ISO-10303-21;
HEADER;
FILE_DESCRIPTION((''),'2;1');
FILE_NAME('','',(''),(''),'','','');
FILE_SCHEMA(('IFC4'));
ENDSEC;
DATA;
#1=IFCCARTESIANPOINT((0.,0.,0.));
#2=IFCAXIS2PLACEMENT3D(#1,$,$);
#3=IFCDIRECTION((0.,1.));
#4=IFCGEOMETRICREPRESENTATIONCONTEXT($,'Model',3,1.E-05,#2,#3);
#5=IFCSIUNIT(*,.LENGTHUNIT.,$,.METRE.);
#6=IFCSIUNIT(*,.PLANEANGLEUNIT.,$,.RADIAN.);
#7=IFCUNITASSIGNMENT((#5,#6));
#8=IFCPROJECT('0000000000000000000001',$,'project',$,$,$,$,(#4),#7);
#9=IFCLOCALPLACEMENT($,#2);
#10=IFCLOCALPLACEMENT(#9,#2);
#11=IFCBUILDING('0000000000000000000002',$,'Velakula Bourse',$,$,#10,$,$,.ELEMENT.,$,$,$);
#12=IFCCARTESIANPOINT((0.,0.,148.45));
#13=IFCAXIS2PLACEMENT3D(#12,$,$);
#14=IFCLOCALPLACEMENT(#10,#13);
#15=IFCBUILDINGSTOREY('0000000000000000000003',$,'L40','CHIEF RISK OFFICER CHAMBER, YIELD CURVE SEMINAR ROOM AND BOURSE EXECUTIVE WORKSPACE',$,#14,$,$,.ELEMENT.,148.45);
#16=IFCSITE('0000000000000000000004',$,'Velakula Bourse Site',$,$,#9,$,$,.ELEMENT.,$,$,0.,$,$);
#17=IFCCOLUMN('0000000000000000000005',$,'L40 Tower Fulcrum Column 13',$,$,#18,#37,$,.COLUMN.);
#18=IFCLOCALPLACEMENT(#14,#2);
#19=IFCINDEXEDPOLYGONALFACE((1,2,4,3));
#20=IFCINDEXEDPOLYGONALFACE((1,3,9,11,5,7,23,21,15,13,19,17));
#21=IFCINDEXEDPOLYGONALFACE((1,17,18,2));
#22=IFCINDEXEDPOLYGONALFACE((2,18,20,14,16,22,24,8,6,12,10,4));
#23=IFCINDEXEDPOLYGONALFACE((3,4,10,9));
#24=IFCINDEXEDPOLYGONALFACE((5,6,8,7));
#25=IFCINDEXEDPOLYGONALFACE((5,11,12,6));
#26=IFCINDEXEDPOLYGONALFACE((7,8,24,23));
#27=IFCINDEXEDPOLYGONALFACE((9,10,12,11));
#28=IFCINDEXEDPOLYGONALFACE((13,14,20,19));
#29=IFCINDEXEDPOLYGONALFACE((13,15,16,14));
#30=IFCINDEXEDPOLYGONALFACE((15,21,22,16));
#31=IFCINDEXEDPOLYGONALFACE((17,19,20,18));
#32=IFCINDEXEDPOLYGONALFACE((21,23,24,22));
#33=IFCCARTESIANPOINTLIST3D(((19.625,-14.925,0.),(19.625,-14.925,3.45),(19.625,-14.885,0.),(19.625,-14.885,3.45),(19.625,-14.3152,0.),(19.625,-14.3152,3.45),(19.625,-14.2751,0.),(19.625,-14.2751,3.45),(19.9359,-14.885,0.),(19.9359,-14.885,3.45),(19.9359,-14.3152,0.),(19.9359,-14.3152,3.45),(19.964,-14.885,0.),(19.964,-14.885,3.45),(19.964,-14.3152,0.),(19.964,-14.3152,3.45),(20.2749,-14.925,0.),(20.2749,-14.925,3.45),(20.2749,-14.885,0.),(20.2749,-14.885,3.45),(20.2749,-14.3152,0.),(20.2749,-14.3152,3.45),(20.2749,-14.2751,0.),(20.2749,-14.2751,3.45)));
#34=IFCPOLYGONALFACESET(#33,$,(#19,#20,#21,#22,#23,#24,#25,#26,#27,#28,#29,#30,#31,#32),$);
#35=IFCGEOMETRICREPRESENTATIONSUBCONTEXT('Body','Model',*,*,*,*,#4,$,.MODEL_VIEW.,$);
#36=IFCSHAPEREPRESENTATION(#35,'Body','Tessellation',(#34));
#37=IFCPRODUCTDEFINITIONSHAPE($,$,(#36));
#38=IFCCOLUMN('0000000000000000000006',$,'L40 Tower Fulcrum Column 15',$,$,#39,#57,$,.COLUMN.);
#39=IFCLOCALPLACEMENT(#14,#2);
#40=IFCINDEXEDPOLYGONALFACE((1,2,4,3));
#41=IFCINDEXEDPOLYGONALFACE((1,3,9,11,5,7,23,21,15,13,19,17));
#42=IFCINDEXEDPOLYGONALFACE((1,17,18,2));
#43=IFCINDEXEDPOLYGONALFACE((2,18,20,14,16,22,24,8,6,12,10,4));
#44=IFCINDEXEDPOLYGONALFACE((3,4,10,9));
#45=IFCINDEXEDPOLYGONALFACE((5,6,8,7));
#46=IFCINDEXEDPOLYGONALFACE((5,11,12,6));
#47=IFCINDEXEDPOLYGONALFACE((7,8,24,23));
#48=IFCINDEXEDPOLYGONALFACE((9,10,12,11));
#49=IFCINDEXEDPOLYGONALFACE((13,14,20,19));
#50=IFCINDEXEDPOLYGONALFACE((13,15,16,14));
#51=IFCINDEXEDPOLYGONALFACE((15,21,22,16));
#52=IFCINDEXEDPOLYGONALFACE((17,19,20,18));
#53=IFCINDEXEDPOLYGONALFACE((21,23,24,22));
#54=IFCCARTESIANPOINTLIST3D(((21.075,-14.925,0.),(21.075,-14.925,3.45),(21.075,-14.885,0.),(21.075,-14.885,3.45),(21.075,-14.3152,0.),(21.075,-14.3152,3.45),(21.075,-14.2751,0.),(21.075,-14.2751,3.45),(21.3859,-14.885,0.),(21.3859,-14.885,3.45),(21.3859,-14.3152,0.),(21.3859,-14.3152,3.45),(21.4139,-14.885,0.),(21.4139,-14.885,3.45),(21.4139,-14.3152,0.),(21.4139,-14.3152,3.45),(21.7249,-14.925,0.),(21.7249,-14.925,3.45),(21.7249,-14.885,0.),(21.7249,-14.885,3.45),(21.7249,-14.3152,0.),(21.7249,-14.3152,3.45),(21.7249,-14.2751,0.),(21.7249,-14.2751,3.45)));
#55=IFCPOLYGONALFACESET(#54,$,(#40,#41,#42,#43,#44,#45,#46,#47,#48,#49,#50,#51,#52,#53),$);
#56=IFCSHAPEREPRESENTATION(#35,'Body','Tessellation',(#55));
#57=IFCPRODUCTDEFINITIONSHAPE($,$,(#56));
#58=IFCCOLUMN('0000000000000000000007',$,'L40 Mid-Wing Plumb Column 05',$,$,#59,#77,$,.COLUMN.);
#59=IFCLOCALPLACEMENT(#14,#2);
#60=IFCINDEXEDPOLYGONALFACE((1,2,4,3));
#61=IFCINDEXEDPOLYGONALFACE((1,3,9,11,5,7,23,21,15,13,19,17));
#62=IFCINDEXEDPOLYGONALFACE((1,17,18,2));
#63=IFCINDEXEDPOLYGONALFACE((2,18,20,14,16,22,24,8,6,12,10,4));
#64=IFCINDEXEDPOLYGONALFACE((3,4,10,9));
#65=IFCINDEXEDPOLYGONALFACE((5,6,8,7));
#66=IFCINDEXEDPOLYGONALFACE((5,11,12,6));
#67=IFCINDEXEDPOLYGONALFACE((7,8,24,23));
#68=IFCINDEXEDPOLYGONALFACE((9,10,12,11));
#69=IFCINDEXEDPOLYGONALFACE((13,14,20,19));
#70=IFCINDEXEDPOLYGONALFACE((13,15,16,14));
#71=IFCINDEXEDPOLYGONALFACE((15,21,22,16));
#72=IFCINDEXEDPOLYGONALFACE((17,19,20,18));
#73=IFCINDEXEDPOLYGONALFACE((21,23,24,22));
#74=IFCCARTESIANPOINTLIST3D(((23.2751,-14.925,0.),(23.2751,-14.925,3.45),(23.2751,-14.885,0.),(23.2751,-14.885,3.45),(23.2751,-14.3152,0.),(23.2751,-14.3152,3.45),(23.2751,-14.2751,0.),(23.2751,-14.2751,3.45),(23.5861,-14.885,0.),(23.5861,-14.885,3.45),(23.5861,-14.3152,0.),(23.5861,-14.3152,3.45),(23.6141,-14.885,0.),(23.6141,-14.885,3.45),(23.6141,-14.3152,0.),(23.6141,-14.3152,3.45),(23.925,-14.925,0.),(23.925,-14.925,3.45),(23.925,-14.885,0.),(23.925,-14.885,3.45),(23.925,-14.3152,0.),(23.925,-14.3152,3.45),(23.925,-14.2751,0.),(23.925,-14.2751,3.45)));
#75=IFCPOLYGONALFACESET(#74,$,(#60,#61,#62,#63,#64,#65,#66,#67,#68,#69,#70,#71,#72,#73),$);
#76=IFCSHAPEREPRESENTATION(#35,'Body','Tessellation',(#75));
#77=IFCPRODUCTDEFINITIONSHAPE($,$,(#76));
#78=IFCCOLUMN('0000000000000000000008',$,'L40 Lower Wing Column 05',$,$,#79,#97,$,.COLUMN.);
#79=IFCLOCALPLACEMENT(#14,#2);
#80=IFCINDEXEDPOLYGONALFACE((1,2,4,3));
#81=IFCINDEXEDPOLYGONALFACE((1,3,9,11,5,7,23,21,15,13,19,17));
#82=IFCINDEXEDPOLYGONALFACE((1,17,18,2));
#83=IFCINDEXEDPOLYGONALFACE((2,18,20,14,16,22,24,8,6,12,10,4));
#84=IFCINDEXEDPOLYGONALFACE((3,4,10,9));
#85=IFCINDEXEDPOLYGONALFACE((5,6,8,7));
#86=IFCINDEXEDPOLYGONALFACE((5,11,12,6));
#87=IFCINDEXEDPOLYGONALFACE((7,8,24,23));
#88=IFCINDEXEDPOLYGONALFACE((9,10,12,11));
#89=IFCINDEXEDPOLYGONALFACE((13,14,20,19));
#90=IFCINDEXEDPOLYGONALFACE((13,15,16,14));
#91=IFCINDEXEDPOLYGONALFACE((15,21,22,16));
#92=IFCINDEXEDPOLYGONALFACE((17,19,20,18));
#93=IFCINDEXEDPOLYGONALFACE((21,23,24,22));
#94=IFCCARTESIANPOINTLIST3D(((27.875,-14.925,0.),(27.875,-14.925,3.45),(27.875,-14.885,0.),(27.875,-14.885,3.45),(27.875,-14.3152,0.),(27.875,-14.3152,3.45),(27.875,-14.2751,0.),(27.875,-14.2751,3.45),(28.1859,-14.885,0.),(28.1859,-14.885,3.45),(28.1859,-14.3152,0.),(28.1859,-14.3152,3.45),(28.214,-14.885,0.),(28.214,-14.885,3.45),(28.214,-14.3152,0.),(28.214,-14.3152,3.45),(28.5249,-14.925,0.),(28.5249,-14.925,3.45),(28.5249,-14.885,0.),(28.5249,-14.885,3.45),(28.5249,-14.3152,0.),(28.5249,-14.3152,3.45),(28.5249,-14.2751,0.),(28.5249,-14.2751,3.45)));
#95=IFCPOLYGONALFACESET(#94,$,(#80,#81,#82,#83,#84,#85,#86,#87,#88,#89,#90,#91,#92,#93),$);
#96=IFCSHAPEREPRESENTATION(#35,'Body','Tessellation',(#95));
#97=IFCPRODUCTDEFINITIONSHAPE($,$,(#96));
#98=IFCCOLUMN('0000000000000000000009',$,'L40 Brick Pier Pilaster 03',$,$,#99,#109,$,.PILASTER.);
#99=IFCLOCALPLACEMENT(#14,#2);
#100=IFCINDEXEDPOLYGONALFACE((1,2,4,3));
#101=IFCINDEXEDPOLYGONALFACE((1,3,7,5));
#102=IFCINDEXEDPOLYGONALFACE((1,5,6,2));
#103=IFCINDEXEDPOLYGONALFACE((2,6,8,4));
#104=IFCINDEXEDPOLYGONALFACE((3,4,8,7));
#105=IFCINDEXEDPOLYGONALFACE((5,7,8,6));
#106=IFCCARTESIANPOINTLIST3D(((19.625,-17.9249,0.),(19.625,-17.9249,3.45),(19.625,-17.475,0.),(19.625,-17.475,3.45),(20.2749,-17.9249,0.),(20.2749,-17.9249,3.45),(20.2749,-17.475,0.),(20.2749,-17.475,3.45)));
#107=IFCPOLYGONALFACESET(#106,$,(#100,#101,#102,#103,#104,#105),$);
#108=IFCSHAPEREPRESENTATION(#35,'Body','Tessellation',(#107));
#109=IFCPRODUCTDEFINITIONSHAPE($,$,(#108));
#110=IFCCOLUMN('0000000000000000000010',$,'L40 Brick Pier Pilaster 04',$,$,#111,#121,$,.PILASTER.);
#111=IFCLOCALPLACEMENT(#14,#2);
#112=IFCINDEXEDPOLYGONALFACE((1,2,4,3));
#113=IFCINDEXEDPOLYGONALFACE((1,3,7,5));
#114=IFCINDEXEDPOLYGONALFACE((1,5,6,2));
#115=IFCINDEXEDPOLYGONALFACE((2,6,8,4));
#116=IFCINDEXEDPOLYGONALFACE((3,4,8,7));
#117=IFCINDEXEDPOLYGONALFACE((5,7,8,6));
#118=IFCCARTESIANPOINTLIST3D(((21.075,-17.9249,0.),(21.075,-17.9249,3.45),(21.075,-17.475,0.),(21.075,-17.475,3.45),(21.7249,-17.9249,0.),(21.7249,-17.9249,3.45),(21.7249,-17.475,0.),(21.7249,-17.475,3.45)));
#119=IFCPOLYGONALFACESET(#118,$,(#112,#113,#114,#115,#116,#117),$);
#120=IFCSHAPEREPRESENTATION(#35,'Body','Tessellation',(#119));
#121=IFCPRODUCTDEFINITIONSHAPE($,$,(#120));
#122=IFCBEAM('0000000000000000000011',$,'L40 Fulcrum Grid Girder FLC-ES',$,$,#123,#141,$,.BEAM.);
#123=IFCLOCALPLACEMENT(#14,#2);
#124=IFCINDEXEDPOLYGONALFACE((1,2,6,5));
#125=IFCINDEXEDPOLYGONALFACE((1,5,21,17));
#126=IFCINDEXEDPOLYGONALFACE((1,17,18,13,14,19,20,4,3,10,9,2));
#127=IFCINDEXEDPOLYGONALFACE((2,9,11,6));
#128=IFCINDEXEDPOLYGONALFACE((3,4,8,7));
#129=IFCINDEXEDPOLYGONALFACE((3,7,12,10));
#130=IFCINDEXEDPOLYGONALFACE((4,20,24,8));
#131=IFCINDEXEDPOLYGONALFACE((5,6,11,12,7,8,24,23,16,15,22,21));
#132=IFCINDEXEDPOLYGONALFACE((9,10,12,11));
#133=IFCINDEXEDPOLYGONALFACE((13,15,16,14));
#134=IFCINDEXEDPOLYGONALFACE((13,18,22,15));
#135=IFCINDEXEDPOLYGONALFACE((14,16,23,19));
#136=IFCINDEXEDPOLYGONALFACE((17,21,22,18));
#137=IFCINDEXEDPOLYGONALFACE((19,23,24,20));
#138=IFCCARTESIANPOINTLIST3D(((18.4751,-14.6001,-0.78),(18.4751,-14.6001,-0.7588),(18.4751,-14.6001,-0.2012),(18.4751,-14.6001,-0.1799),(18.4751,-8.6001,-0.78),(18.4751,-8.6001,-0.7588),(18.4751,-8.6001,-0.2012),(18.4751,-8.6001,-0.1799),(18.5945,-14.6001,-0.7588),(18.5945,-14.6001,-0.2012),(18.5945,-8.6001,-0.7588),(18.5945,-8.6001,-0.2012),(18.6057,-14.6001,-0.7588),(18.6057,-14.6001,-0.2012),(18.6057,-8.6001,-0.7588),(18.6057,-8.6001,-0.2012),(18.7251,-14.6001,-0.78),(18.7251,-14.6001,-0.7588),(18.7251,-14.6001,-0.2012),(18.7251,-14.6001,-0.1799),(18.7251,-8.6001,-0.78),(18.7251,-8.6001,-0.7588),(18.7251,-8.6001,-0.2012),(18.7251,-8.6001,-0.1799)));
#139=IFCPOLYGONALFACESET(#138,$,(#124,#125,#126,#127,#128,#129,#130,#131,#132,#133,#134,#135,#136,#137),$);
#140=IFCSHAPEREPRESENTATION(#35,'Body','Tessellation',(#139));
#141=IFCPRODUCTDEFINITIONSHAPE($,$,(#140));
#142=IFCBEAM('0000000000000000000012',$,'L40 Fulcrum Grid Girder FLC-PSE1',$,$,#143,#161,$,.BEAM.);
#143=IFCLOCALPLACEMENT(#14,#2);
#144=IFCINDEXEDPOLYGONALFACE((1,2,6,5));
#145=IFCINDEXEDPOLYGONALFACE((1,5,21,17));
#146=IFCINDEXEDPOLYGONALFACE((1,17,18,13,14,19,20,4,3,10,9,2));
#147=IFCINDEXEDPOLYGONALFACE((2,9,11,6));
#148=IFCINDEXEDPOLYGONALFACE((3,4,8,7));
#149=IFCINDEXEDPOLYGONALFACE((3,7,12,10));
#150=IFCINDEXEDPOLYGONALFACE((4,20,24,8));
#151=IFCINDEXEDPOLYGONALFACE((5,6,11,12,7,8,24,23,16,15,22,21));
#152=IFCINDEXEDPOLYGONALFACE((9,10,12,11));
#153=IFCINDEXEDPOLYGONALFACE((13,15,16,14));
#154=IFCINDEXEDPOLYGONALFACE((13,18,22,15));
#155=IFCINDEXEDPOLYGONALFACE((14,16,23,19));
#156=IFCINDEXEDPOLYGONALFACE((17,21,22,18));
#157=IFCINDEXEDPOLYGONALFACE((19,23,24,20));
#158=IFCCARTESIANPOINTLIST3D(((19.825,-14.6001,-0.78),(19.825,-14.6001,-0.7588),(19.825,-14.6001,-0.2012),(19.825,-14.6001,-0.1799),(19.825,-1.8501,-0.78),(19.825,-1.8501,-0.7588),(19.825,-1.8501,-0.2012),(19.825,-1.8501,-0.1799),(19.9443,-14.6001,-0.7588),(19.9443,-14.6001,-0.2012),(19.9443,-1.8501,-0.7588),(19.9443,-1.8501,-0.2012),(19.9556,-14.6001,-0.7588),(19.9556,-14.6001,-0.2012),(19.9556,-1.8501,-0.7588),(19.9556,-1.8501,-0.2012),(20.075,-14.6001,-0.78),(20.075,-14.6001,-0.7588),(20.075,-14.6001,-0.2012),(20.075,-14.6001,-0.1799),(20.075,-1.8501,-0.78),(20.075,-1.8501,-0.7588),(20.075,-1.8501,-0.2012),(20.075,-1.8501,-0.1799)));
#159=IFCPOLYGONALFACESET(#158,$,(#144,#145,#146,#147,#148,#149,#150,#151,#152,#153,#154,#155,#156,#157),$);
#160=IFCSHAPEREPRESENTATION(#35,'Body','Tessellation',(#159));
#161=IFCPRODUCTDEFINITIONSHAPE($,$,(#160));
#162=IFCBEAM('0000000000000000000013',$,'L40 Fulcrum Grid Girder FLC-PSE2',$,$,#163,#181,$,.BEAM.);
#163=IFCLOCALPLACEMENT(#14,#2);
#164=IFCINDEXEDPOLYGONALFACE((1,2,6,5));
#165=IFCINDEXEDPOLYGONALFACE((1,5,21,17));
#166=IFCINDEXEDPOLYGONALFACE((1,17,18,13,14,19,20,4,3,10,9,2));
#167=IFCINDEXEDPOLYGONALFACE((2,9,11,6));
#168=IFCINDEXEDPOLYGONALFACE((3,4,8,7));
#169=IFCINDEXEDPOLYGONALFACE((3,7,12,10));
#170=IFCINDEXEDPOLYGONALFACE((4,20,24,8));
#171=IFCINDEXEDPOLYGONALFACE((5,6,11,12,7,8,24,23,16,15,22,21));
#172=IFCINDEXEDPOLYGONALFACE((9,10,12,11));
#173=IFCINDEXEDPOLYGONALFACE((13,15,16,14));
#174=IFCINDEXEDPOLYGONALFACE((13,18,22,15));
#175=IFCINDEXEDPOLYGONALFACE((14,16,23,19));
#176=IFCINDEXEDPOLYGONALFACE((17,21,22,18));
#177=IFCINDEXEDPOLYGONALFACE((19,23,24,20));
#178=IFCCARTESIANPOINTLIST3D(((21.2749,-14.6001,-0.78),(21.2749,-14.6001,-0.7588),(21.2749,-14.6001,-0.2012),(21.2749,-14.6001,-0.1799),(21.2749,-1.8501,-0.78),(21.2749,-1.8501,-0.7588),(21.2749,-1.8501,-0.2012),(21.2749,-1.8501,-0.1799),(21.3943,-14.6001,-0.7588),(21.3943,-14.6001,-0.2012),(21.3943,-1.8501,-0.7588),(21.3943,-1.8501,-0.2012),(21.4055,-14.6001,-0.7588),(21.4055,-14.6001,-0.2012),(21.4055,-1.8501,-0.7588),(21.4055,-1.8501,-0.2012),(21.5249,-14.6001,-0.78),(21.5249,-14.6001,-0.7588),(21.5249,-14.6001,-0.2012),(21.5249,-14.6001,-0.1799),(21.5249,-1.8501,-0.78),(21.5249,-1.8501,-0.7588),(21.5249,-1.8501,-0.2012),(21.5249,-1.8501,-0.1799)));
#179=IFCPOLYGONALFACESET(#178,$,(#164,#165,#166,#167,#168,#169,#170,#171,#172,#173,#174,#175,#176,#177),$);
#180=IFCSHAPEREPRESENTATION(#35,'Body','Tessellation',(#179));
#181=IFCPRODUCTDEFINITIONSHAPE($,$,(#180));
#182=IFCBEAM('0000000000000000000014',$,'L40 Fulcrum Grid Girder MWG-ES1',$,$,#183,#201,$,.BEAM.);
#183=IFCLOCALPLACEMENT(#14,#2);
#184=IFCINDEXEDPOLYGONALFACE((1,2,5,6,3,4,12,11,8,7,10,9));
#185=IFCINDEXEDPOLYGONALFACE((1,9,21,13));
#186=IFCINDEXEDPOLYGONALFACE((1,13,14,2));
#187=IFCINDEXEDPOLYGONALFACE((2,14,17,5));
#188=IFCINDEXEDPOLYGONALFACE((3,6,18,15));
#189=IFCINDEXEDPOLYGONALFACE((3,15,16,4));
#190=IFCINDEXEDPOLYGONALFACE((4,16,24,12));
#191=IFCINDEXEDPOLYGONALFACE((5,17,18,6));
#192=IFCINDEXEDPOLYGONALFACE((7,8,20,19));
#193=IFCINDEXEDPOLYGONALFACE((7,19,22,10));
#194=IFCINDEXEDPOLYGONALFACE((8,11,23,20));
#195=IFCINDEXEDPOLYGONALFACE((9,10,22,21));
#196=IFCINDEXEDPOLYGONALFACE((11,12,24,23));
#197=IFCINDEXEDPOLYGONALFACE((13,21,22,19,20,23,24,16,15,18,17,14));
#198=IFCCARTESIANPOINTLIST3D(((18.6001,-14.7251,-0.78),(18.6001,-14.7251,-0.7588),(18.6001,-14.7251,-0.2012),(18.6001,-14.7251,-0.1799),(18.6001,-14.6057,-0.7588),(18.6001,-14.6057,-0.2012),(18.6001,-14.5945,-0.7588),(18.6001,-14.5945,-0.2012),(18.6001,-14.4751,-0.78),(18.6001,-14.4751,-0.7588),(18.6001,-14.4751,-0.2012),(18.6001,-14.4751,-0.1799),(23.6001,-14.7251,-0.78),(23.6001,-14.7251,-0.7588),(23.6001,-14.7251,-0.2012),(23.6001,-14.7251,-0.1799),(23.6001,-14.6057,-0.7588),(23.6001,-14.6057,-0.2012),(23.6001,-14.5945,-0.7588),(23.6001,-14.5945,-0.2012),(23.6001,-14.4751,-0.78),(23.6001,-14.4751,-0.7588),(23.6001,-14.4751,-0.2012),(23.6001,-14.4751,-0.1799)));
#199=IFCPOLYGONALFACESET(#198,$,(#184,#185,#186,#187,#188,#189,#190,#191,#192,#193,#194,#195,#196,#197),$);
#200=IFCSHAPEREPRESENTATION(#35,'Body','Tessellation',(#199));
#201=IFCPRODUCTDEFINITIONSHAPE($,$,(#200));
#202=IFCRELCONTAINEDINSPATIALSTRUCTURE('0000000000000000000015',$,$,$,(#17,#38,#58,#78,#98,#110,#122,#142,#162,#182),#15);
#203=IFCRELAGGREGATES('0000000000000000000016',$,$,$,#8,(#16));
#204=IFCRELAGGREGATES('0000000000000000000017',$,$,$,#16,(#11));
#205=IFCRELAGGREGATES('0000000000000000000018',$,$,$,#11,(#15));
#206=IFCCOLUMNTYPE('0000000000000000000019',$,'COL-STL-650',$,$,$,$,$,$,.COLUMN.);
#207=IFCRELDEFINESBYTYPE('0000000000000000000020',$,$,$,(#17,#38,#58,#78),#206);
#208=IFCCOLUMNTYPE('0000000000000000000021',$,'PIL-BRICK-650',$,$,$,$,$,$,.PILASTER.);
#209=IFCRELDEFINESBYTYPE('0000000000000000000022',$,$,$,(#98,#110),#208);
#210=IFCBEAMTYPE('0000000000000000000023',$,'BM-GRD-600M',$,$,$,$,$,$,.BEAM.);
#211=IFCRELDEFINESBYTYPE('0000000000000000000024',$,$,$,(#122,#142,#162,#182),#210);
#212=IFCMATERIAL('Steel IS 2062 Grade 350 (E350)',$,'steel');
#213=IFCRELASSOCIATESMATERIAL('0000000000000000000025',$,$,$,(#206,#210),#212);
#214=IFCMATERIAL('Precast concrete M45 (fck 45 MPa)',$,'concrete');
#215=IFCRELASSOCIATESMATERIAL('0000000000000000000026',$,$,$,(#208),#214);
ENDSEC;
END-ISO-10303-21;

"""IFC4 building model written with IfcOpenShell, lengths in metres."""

from ifc_helpers import new_model, si_unit, direction, frame, origin, origin_2d, place, context, subcontext, project, spatial, rectangle, i_section, extrude, material, material_profile, profile_set, type_object, element, save


model = new_model("IFC4")

# Units and contexts
model_context = context("Model", 3, precision=1e-05, world=origin(), true_north=direction((0.0, 1.0)))
body_context = subcontext(model_context, "Body", "Model", "MODEL_VIEW")
ifc_project = project(units=[si_unit("LENGTHUNIT", "METRE"), si_unit("PLANEANGLEUNIT", "RADIAN")], contexts=[model_context])

# Site, building, storey
site_placement = place(None, origin())
site = spatial("IfcSite", under=ifc_project, at=site_placement, Name="Velakula Bourse Site", CompositionType="ELEMENT", RefElevation=0.0)
building_placement = place(site_placement, origin())
building = spatial("IfcBuilding", under=site, at=building_placement, Name="Velakula Bourse", CompositionType="ELEMENT")
storey_placement = place(building_placement, frame((0.0, 0.0, 148.45)))
storey = spatial("IfcBuildingStorey", under=building, at=storey_placement, Name="L40", Description="CHIEF RISK OFFICER CHAMBER, YIELD CURVE SEMINAR ROOM AND BOURSE EXECUTIVE WORKSPACE", CompositionType="ELEMENT", Elevation=148.45)

# Columns
ifc_material_1 = material(Name="Steel IS 2062 Grade 350 (E350)", Category="steel")
ifc_material_profile_1 = material_profile(ifc_material_1, i_section(OverallWidth=0.6499, OverallDepth=0.6499, WebThickness=0.0281, FlangeThickness=0.04, at=origin_2d()), Name="Steel IS 2062 Grade 350 (E350)")
ifc_profile_set_1 = profile_set([ifc_material_profile_1], Name="Steel IS 2062 Grade 350 (E350)")
column_type_1 = type_object("IfcColumnType", Name="COL-STL-650", PredefinedType="COLUMN", material=ifc_profile_set_1)
for number, where, z_axis, x_axis, name in (
    (1, (19.95, -14.6001, 0.0), (0.0, 0.0, 1.0), (1.0, 0.0, 0.0), "L40 Tower Fulcrum Column 13"),
    (2, (21.3999, -14.6001, 0.0), (0.0, 0.0, 1.0), (1.0, 0.0, 0.0), "L40 Tower Fulcrum Column 15"),
    (3, (23.6001, -14.6001, 0.0), (0.0, 0.0, 1.0), (1.0, 0.0, 0.0), "L40 Mid-Wing Plumb Column 05"),
    (4, (28.2, -14.6001, 0.0), (0.0, 0.0, 1.0), (1.0, 0.0, 0.0), "L40 Lower Wing Column 05"),
):
    element("IfcColumn", number, at=place(storey_placement, frame(where, z_axis=z_axis, x_axis=x_axis)), inside=storey, type_object=column_type_1, Name=name, PredefinedType="COLUMN", context=body_context, shape_type="SweptSolid", body=[
        extrude(i_section(OverallWidth=0.6499, OverallDepth=0.6499, WebThickness=0.0281, FlangeThickness=0.04, at=origin_2d()), origin(), (0.0, 0.0, 1.0), 3.45),
    ])
ifc_material_2 = material(Name="Precast concrete M45 (fck 45 MPa)", Category="concrete")
ifc_material_profile_2 = material_profile(ifc_material_2, rectangle(XDim=0.6499, YDim=0.45, at=origin_2d()), Name="Precast concrete M45 (fck 45 MPa)")
ifc_profile_set_2 = profile_set([ifc_material_profile_2], Name="Precast concrete M45 (fck 45 MPa)")
column_type_2 = type_object("IfcColumnType", Name="PIL-BRICK-650", PredefinedType="PILASTER", material=ifc_profile_set_2)
for number, where, z_axis, x_axis, name in (
    (5, (19.95, -17.7, 0.0), (0.0, 0.0, 1.0), (1.0, 0.0, 0.0), "L40 Brick Pier Pilaster 03"),
    (6, (21.3999, -17.7, 0.0), (0.0, 0.0, 1.0), (1.0, 0.0, 0.0), "L40 Brick Pier Pilaster 04"),
):
    element("IfcColumn", number, at=place(storey_placement, frame(where, z_axis=z_axis, x_axis=x_axis)), inside=storey, type_object=column_type_2, Name=name, PredefinedType="PILASTER", context=body_context, shape_type="SweptSolid", body=[
        extrude(rectangle(XDim=0.6499, YDim=0.45, at=origin_2d()), origin(), (0.0, 0.0, 1.0), 3.45),
    ])

# Beams
ifc_material_profile_3 = material_profile(ifc_material_1, i_section(OverallWidth=0.25, OverallDepth=0.6001, WebThickness=0.0112, FlangeThickness=0.0212, at=origin_2d()), Name="Steel IS 2062 Grade 350 (E350)")
ifc_profile_set_3 = profile_set([ifc_material_profile_3], Name="Steel IS 2062 Grade 350 (E350)")
beam_type = type_object("IfcBeamType", Name="BM-GRD-600M", PredefinedType="BEAM", material=ifc_profile_set_3)
beam_1_placement = place(storey_placement, frame((18.6001, -14.6001, -0.48), z_axis=(0.0, 1.0, 0.0), x_axis=(-1.0, 0.0, 0.0)))
element("IfcBeam", 7, at=beam_1_placement, inside=storey, type_object=beam_type, Name="L40 Fulcrum Grid Girder FLC-ES", PredefinedType="BEAM", context=body_context, shape_type="SweptSolid", body=[
    extrude(i_section(OverallWidth=0.25, OverallDepth=0.6001, WebThickness=0.0112, FlangeThickness=0.0212, at=origin_2d()), origin(), (0.0, 0.0, 1.0), 6.0),
])
for number, where, z_axis, x_axis, name in (
    (8, (19.95, -14.6001, -0.48), (0.0, 1.0, 0.0), (-1.0, 0.0, 0.0), "L40 Fulcrum Grid Girder FLC-PSE1"),
    (9, (21.3999, -14.6001, -0.48), (0.0, 1.0, 0.0), (-1.0, 0.0, 0.0), "L40 Fulcrum Grid Girder FLC-PSE2"),
):
    element("IfcBeam", number, at=place(storey_placement, frame(where, z_axis=z_axis, x_axis=x_axis)), inside=storey, type_object=beam_type, Name=name, PredefinedType="BEAM", context=body_context, shape_type="SweptSolid", body=[
        extrude(i_section(OverallWidth=0.25, OverallDepth=0.6001, WebThickness=0.0112, FlangeThickness=0.0212, at=origin_2d()), origin(), (0.0, 0.0, 1.0), 12.75),
    ])
beam_2_placement = place(storey_placement, frame((18.6001, -14.6001, -0.48), z_axis=(1.0, 0.0, 0.0), x_axis=(0.0, 1.0, 0.0)))
element("IfcBeam", 10, at=beam_2_placement, inside=storey, type_object=beam_type, Name="L40 Fulcrum Grid Girder MWG-ES1", PredefinedType="BEAM", context=body_context, shape_type="SweptSolid", body=[
    extrude(i_section(OverallWidth=0.25, OverallDepth=0.6001, WebThickness=0.0112, FlangeThickness=0.0212, at=origin_2d()), origin(), (0.0, 0.0, 1.0), 5.0),
])

save(model, "model.ifc")
